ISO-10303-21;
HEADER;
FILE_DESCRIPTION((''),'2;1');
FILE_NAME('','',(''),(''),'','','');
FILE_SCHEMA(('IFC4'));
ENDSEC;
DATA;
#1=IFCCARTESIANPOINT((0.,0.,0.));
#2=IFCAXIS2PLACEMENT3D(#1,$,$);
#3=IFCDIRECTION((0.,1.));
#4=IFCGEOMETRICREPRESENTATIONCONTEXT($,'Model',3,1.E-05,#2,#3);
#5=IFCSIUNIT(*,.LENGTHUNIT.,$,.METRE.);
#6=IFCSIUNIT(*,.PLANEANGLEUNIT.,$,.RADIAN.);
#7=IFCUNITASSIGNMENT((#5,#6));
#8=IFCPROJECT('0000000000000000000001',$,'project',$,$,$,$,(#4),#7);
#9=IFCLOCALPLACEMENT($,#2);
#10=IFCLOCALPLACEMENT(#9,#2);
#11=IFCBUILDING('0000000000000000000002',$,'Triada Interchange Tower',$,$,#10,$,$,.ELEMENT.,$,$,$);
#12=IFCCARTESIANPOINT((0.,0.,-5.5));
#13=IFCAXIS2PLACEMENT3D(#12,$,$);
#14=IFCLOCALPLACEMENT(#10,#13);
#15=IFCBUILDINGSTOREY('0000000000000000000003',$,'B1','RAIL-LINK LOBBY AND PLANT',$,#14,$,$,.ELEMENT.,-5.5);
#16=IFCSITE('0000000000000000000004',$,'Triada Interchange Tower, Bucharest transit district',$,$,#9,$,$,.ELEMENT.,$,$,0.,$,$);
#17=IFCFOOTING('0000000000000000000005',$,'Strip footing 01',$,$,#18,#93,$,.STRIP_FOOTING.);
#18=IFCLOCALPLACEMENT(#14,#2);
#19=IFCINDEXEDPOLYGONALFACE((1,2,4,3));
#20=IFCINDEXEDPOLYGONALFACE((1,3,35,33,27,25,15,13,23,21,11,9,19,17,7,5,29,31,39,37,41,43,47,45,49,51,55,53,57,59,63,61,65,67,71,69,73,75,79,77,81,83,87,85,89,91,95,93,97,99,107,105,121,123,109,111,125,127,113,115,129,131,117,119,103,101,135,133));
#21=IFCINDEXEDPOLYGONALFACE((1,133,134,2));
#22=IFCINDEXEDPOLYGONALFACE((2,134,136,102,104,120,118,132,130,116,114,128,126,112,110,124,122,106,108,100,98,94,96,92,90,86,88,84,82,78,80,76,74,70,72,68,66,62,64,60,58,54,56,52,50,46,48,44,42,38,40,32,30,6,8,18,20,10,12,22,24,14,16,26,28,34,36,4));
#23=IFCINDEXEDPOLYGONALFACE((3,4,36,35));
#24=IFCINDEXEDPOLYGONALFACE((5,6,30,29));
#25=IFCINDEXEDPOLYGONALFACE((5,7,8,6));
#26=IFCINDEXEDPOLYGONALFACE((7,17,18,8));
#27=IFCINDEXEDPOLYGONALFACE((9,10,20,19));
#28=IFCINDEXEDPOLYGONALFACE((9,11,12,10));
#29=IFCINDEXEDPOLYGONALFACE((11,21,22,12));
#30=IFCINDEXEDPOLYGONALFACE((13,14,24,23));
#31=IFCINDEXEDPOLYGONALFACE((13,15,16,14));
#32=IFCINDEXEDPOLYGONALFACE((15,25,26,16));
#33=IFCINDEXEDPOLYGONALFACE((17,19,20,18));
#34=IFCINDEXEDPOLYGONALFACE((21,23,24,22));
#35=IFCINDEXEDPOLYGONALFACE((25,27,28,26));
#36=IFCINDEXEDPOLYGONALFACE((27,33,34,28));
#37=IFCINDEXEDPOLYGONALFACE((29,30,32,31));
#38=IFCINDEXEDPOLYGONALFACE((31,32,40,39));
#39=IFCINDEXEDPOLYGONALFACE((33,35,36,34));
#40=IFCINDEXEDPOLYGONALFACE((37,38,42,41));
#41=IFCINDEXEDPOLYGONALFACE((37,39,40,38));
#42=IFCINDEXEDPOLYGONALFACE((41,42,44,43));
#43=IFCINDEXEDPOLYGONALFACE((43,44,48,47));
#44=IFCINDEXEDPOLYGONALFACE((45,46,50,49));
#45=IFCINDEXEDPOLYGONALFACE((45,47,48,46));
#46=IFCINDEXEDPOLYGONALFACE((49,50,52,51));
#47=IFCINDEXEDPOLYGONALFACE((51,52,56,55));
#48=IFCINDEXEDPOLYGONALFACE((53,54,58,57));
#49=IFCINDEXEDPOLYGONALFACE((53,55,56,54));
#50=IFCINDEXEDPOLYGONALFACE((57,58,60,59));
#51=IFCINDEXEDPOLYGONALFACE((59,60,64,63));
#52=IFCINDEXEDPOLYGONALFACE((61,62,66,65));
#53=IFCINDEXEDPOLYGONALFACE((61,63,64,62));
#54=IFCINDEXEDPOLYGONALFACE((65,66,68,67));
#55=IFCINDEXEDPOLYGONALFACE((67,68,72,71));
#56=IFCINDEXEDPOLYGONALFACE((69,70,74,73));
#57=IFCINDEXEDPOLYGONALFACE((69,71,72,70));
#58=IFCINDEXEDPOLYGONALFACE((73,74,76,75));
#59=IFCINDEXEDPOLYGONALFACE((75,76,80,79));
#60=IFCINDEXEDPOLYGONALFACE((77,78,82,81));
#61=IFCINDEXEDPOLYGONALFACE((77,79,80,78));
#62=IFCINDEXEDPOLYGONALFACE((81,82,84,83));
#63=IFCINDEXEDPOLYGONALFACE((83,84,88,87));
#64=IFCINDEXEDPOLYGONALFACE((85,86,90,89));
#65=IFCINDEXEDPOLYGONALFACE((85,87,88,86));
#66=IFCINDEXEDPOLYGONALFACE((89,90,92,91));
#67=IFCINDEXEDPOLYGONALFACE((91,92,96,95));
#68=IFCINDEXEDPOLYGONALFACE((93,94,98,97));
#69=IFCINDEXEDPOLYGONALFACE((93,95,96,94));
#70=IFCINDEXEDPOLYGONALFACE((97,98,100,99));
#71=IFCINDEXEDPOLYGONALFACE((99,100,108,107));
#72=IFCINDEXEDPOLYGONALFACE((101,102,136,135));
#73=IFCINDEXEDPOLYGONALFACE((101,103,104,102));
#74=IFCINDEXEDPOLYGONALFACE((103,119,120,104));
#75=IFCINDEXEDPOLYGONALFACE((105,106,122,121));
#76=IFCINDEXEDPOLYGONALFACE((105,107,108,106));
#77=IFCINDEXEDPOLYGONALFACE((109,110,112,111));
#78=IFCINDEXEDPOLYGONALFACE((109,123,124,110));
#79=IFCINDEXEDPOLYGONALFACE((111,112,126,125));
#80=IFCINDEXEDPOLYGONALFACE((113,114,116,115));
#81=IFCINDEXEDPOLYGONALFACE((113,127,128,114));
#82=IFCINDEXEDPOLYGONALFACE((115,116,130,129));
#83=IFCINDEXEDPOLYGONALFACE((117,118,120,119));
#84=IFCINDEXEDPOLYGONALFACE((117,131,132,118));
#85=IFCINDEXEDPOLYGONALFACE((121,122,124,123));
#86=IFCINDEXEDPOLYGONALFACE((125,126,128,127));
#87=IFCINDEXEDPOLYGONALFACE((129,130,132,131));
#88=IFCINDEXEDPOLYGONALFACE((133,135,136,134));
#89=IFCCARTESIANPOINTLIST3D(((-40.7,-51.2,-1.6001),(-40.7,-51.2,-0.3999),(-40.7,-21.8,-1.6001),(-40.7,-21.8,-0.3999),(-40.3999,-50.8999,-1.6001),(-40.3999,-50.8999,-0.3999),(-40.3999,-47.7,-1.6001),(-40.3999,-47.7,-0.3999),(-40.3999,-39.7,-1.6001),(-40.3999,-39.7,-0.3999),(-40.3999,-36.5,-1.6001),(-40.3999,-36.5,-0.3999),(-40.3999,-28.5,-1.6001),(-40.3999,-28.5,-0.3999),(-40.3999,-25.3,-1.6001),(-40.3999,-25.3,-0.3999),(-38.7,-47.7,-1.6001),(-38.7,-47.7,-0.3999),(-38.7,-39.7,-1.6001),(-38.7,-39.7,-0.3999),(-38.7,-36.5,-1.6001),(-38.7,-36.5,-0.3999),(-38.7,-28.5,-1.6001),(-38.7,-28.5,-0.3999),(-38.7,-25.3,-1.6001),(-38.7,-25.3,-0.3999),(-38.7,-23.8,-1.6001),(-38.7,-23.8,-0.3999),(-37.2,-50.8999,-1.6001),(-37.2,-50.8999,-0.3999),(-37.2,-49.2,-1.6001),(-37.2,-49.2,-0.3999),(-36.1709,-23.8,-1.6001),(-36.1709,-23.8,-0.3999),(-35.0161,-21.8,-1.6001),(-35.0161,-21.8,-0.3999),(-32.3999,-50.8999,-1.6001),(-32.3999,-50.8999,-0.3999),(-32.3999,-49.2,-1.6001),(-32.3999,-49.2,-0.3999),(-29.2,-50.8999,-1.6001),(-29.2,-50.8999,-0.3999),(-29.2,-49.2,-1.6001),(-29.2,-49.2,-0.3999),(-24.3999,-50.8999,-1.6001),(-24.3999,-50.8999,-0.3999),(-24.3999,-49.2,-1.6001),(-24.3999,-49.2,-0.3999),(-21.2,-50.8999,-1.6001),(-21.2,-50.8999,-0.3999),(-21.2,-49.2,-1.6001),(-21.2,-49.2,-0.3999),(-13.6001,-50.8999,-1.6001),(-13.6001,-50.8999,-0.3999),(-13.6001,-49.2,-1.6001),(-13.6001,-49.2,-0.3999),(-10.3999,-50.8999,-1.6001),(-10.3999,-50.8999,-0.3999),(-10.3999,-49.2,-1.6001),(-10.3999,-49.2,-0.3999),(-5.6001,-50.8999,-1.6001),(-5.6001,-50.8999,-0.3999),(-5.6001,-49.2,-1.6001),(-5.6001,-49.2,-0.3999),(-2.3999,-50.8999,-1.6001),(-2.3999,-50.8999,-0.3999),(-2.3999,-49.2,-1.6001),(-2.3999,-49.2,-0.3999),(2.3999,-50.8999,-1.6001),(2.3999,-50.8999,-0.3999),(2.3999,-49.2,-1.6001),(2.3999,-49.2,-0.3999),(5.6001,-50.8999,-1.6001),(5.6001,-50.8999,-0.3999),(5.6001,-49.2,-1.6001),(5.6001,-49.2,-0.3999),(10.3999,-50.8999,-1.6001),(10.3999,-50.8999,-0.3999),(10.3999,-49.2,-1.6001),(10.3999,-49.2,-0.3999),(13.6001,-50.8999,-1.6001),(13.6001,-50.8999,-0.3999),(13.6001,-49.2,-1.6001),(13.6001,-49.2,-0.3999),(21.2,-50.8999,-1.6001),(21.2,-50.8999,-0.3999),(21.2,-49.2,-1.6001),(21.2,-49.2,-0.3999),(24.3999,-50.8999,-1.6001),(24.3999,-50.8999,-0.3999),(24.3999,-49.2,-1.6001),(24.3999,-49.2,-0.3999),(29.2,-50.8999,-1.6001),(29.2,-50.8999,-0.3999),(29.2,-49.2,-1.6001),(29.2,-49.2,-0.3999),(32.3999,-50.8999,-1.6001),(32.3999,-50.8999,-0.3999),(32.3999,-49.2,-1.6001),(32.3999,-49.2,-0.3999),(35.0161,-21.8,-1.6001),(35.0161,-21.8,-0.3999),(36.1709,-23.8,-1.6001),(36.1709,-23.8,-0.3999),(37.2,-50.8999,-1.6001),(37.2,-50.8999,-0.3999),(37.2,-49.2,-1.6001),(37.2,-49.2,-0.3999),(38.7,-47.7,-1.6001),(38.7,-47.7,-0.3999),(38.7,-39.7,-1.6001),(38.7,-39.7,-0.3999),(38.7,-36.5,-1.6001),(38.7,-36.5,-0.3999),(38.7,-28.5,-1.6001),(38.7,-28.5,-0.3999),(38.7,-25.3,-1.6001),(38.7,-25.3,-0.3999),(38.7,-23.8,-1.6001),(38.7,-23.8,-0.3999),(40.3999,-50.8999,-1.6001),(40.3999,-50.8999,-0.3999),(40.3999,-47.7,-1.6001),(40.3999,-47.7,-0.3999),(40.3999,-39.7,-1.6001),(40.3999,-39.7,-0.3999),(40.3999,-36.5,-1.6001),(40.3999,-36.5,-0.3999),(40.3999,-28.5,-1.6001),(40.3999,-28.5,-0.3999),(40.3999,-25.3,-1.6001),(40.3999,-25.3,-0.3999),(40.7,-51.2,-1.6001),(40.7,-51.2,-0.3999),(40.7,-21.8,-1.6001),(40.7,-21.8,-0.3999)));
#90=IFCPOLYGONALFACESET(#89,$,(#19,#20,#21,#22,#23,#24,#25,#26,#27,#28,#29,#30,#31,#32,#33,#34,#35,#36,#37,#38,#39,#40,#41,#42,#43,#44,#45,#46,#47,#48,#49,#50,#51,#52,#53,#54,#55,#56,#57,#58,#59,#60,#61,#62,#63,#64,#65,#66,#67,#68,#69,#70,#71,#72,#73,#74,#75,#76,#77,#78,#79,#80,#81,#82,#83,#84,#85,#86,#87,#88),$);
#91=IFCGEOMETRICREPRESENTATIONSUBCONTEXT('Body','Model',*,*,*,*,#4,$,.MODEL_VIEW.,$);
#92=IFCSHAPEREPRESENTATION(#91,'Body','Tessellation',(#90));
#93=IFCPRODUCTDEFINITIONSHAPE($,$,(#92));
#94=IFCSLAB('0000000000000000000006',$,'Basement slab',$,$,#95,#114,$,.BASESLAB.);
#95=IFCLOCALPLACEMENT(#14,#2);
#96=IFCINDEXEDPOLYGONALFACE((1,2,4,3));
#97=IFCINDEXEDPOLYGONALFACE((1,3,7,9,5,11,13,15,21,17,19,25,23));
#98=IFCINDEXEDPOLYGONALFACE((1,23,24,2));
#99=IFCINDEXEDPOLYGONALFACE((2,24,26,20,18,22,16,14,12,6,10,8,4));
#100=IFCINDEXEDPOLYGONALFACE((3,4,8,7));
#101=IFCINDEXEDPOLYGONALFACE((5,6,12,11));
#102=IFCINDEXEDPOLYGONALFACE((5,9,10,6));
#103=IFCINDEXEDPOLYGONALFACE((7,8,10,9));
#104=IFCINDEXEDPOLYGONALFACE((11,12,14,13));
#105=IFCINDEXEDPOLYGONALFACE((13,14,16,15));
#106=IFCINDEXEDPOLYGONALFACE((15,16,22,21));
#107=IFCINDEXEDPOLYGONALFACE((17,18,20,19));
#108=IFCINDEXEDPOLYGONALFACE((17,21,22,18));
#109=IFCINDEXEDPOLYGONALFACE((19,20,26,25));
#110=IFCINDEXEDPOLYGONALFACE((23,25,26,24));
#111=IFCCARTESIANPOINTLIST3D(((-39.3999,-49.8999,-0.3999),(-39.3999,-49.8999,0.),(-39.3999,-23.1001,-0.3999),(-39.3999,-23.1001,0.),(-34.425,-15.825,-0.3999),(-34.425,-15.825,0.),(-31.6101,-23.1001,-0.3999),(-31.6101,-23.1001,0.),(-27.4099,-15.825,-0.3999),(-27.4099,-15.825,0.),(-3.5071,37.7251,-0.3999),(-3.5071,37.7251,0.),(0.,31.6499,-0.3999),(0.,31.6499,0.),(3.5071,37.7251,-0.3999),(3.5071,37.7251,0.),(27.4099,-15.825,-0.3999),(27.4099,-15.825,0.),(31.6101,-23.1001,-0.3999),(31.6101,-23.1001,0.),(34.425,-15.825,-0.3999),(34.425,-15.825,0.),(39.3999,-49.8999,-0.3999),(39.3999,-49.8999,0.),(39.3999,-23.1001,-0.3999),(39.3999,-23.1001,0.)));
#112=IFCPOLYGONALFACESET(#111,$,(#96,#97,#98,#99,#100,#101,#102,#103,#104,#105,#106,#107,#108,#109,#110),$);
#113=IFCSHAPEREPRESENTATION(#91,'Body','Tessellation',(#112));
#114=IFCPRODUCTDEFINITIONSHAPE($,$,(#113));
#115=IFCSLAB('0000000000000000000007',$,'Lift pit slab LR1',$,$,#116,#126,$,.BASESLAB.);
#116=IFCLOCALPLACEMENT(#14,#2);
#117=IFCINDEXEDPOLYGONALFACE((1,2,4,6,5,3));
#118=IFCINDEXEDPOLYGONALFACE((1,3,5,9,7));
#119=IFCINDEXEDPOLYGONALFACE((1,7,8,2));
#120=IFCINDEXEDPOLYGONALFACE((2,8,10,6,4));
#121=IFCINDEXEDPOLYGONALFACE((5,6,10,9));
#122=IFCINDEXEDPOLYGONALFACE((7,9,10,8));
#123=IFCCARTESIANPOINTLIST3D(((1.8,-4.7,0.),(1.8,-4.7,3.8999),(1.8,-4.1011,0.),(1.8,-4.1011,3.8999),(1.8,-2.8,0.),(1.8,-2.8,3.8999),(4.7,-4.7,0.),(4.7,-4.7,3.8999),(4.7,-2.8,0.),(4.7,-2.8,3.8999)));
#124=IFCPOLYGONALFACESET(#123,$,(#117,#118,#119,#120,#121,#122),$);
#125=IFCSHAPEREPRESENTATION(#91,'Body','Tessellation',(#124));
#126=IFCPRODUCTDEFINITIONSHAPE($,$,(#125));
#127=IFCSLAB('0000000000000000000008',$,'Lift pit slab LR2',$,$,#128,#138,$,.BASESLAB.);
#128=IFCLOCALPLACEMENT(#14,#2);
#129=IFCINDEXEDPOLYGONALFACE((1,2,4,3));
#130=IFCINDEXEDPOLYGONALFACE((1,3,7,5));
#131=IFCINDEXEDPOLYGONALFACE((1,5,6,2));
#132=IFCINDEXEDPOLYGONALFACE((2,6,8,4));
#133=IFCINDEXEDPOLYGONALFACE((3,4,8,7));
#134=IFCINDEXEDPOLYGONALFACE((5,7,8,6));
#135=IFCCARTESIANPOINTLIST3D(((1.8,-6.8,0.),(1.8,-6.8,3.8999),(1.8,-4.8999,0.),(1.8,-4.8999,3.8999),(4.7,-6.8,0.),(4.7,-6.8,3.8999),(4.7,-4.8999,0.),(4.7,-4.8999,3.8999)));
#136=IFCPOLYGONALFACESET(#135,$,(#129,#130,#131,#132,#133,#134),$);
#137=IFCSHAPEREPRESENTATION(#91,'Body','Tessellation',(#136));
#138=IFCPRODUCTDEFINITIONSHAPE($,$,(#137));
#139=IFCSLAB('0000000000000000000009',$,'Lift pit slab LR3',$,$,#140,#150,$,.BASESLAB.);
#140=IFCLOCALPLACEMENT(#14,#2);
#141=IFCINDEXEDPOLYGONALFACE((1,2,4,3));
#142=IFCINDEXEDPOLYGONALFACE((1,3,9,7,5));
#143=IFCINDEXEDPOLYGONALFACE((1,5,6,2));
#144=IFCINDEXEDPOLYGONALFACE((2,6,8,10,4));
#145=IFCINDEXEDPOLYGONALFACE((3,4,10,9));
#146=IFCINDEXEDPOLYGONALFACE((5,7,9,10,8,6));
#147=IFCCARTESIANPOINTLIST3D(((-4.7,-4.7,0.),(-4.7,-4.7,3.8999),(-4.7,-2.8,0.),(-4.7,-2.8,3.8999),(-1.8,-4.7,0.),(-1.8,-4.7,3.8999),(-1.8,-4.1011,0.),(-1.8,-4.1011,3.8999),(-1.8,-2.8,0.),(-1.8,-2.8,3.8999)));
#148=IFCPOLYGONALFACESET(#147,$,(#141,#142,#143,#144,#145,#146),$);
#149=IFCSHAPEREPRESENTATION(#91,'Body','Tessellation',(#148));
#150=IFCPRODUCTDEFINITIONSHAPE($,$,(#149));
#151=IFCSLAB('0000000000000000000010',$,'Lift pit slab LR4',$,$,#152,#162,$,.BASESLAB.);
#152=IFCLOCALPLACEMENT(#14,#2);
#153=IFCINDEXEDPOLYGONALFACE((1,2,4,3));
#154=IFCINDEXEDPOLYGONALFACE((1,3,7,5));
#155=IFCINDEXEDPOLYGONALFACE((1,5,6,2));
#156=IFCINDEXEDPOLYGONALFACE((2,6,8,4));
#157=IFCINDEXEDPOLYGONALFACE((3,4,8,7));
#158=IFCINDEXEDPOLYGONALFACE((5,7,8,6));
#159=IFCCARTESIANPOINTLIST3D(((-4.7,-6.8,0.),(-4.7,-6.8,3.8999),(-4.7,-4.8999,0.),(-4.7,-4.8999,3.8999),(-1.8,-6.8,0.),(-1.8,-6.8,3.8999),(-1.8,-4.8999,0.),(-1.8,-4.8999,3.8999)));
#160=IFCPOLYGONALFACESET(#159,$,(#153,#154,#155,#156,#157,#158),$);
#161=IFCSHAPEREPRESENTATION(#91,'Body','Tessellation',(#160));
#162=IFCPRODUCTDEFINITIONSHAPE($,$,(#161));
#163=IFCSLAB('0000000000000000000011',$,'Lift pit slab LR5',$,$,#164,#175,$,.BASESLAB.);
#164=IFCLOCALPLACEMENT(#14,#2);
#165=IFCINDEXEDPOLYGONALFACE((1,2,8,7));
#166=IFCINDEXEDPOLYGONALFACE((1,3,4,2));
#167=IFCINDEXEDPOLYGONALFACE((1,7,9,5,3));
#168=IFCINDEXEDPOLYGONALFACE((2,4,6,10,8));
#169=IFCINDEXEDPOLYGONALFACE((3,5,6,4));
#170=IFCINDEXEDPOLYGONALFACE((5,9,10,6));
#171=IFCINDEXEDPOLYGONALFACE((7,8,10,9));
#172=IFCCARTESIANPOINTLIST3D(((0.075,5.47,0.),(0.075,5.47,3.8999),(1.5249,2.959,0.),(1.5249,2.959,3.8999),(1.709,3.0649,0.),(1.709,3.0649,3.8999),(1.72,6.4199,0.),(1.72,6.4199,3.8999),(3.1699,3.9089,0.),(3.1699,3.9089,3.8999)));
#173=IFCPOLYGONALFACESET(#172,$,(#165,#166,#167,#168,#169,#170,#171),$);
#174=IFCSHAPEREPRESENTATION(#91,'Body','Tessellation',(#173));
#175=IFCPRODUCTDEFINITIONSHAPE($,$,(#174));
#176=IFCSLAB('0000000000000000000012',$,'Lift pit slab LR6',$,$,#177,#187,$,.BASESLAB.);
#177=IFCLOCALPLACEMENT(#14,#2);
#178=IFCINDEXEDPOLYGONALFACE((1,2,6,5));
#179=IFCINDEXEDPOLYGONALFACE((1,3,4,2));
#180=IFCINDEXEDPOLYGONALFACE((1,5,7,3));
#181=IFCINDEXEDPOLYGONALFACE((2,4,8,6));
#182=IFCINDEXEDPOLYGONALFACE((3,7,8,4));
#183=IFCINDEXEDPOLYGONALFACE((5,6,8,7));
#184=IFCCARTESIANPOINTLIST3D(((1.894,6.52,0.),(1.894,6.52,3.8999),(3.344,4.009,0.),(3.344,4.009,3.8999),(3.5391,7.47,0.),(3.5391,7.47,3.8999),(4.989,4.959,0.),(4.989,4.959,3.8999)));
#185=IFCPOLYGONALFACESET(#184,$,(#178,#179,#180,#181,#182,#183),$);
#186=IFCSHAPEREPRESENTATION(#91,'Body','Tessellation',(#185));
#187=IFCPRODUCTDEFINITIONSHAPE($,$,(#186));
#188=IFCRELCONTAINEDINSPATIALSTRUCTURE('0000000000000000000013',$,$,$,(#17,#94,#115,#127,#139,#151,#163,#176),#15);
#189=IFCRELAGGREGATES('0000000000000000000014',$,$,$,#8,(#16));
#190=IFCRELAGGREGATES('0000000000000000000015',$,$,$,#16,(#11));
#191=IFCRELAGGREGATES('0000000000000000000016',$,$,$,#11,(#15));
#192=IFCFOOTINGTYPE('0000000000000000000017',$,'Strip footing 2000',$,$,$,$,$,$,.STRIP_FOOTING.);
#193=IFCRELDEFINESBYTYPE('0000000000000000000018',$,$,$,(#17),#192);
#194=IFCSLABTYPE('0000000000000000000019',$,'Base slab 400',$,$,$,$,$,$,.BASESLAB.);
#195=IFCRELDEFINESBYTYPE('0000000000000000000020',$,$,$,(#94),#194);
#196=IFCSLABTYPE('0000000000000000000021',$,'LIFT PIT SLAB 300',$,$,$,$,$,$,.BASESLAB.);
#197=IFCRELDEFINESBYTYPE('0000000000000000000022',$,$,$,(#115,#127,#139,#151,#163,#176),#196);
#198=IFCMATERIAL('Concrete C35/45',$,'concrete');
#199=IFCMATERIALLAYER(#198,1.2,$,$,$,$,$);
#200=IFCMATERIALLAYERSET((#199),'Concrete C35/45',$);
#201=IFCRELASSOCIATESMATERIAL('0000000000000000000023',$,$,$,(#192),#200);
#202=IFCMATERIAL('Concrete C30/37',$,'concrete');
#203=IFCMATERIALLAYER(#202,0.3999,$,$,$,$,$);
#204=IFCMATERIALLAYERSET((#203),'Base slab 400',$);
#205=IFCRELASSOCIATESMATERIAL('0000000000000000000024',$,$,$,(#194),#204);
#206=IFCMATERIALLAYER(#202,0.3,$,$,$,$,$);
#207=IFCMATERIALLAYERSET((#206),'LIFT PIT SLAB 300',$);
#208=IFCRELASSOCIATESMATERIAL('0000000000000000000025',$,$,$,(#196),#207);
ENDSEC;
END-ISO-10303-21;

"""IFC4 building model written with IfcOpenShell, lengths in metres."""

from ifc_helpers import new_model, si_unit, direction, frame, origin, place, context, subcontext, project, spatial, polyline, outline, extrude, material, layer, layer_set, type_object, element, save


model = new_model("IFC4")

# Units and contexts
model_context = context("Model", 3, precision=1e-05, world=origin(), true_north=direction((0.0, 1.0)))
body_context = subcontext(model_context, "Body", "Model", "MODEL_VIEW")
ifc_project = project(units=[si_unit("LENGTHUNIT", "METRE"), si_unit("PLANEANGLEUNIT", "RADIAN")], contexts=[model_context])

# Site, building, storey
site_placement = place(None, origin())
site = spatial("IfcSite", under=ifc_project, at=site_placement, Name="Triada Interchange Tower, Bucharest transit district", CompositionType="ELEMENT", RefElevation=0.0)
building_placement = place(site_placement, origin())
building = spatial("IfcBuilding", under=site, at=building_placement, Name="Triada Interchange Tower", CompositionType="ELEMENT")
storey_placement = place(building_placement, frame((0.0, 0.0, -5.5)))
storey = spatial("IfcBuildingStorey", under=building, at=storey_placement, Name="B1", Description="RAIL-LINK LOBBY AND PLANT", CompositionType="ELEMENT", Elevation=-5.5)

# Footing
ifc_material_1 = material(Name="Concrete C35/45", Category="concrete")
ifc_layer_1 = layer(ifc_material_1, 1.2)
ifc_layer_set_1 = layer_set([ifc_layer_1], Name="Concrete C35/45")
footing_type = type_object("IfcFootingType", Name="Strip footing 2000", PredefinedType="STRIP_FOOTING", material=ifc_layer_set_1)
footing_placement = place(storey_placement, frame((0.0, 0.0, -1.6001)))
element("IfcFooting", 1, at=footing_placement, inside=storey, type_object=footing_type, Name="Strip footing 01", PredefinedType="STRIP_FOOTING", context=body_context, shape_type="SweptSolid", body=[
    extrude(outline(polyline([(-40.7, -51.2), (40.7, -51.2), (40.7, -21.8), (35.0161, -21.8), (36.1709, -23.8), (38.7, -23.8), (38.7, -25.3), (40.3999, -25.3), (40.3999, -28.5), (38.7, -28.5), (38.7, -36.5), (40.3999, -36.5), (40.3999, -39.7), (38.7, -39.7), (38.7, -47.7), (40.3999, -47.7), (40.3999, -50.8999), (37.2, -50.8999), (37.2, -49.2), (32.3999, -49.2), (32.3999, -50.8999), (29.2, -50.8999), (29.2, -49.2), (24.3999, -49.2), (24.3999, -50.8999), (21.2, -50.8999), (21.2, -49.2), (13.6001, -49.2), (13.6001, -50.8999), (10.3999, -50.8999), (10.3999, -49.2), (5.6001, -49.2), (5.6001, -50.8999), (2.3999, -50.8999), (2.3999, -49.2), (-2.3999, -49.2), (-2.3999, -50.8999), (-5.6001, -50.8999), (-5.6001, -49.2), (-10.3999, -49.2), (-10.3999, -50.8999), (-13.6001, -50.8999), (-13.6001, -49.2), (-21.2, -49.2), (-21.2, -50.8999), (-24.3999, -50.8999), (-24.3999, -49.2), (-29.2, -49.2), (-29.2, -50.8999), (-32.3999, -50.8999), (-32.3999, -49.2), (-37.2, -49.2), (-37.2, -50.8999), (-40.3999, -50.8999), (-40.3999, -47.7), (-38.7, -47.7), (-38.7, -39.7), (-40.3999, -39.7), (-40.3999, -36.5), (-38.7, -36.5), (-38.7, -28.5), (-40.3999, -28.5), (-40.3999, -25.3), (-38.7, -25.3), (-38.7, -23.8), (-36.1709, -23.8), (-35.0161, -21.8), (-40.7, -21.8), (-40.7, -51.2)])), origin(), (0.0, 0.0, 1.0), 1.2002),
])

# Slabs
ifc_material_2 = material(Name="Concrete C30/37", Category="concrete")
ifc_layer_2 = layer(ifc_material_2, 0.3999)
ifc_layer_set_2 = layer_set([ifc_layer_2], Name="Base slab 400")
slab_type_1 = type_object("IfcSlabType", Name="Base slab 400", PredefinedType="BASESLAB", material=ifc_layer_set_2)
slab_1_placement = place(storey_placement, frame((0.0, 0.0, -0.3999)))
element("IfcSlab", 2, at=slab_1_placement, inside=storey, type_object=slab_type_1, Name="Basement slab", PredefinedType="BASESLAB", context=body_context, shape_type="SweptSolid", body=[
    extrude(outline(polyline([(39.3999, -49.8999), (39.3999, -23.1001), (31.6101, -23.1001), (27.4099, -15.825), (34.425, -15.825), (3.5071, 37.7251), (0.0, 31.6499), (-3.5071, 37.7251), (-34.425, -15.825), (-27.4099, -15.825), (-31.6101, -23.1001), (-39.3999, -23.1001), (-39.3999, -49.8999), (39.3999, -49.8999)])), origin(), (0.0, 0.0, 1.0), 0.3999),
])
ifc_layer_3 = layer(ifc_material_2, 0.3)
ifc_layer_set_3 = layer_set([ifc_layer_3], Name="LIFT PIT SLAB 300")
slab_type_2 = type_object("IfcSlabType", Name="LIFT PIT SLAB 300", PredefinedType="BASESLAB", material=ifc_layer_set_3)
slab_2_placement = place(storey_placement, origin())
element("IfcSlab", 3, at=slab_2_placement, inside=storey, type_object=slab_type_2, Name="Lift pit slab LR1", PredefinedType="BASESLAB", context=body_context, shape_type="SweptSolid", body=[
    extrude(outline(polyline([(4.7, -4.7), (1.8, -4.7), (1.8, -4.1011), (1.8, -2.8), (4.7, -2.8), (4.7, -4.7)])), origin(), (0.0, 0.0, 1.0), 3.8999),
])
slab_3_placement = place(storey_placement, origin())
element("IfcSlab", 4, at=slab_3_placement, inside=storey, type_object=slab_type_2, Name="Lift pit slab LR2", PredefinedType="BASESLAB", context=body_context, shape_type="SweptSolid", body=[
    extrude(outline(polyline([(4.7, -6.8), (1.8, -6.8), (1.8, -4.8999), (4.7, -4.8999), (4.7, -6.8)])), origin(), (0.0, 0.0, 1.0), 3.8999),
])
slab_4_placement = place(storey_placement, origin())
element("IfcSlab", 5, at=slab_4_placement, inside=storey, type_object=slab_type_2, Name="Lift pit slab LR3", PredefinedType="BASESLAB", context=body_context, shape_type="SweptSolid", body=[
    extrude(outline(polyline([(-1.8, -4.1011), (-1.8, -4.7), (-4.7, -4.7), (-4.7, -2.8), (-1.8, -2.8), (-1.8, -4.1011)])), origin(), (0.0, 0.0, 1.0), 3.8999),
])
slab_5_placement = place(storey_placement, origin())
element("IfcSlab", 6, at=slab_5_placement, inside=storey, type_object=slab_type_2, Name="Lift pit slab LR4", PredefinedType="BASESLAB", context=body_context, shape_type="SweptSolid", body=[
    extrude(outline(polyline([(-1.8, -6.8), (-4.7, -6.8), (-4.7, -4.8999), (-1.8, -4.8999), (-1.8, -6.8)])), origin(), (0.0, 0.0, 1.0), 3.8999),
])
slab_6_placement = place(storey_placement, origin())
element("IfcSlab", 7, at=slab_6_placement, inside=storey, type_object=slab_type_2, Name="Lift pit slab LR5", PredefinedType="BASESLAB", context=body_context, shape_type="SweptSolid", body=[
    extrude(outline(polyline([(1.72, 6.4199), (3.1699, 3.9089), (1.709, 3.0649), (1.5249, 2.959), (0.075, 5.47), (1.72, 6.4199)])), origin(), (0.0, 0.0, 1.0), 3.8999),
])
slab_7_placement = place(storey_placement, origin())
element("IfcSlab", 8, at=slab_7_placement, inside=storey, type_object=slab_type_2, Name="Lift pit slab LR6", PredefinedType="BASESLAB", context=body_context, shape_type="SweptSolid", body=[
    extrude(outline(polyline([(3.5391, 7.47), (4.989, 4.959), (3.344, 4.009), (1.894, 6.52), (3.5391, 7.47)])), origin(), (0.0, 0.0, 1.0), 3.8999),
])

save(model, "model.ifc")
